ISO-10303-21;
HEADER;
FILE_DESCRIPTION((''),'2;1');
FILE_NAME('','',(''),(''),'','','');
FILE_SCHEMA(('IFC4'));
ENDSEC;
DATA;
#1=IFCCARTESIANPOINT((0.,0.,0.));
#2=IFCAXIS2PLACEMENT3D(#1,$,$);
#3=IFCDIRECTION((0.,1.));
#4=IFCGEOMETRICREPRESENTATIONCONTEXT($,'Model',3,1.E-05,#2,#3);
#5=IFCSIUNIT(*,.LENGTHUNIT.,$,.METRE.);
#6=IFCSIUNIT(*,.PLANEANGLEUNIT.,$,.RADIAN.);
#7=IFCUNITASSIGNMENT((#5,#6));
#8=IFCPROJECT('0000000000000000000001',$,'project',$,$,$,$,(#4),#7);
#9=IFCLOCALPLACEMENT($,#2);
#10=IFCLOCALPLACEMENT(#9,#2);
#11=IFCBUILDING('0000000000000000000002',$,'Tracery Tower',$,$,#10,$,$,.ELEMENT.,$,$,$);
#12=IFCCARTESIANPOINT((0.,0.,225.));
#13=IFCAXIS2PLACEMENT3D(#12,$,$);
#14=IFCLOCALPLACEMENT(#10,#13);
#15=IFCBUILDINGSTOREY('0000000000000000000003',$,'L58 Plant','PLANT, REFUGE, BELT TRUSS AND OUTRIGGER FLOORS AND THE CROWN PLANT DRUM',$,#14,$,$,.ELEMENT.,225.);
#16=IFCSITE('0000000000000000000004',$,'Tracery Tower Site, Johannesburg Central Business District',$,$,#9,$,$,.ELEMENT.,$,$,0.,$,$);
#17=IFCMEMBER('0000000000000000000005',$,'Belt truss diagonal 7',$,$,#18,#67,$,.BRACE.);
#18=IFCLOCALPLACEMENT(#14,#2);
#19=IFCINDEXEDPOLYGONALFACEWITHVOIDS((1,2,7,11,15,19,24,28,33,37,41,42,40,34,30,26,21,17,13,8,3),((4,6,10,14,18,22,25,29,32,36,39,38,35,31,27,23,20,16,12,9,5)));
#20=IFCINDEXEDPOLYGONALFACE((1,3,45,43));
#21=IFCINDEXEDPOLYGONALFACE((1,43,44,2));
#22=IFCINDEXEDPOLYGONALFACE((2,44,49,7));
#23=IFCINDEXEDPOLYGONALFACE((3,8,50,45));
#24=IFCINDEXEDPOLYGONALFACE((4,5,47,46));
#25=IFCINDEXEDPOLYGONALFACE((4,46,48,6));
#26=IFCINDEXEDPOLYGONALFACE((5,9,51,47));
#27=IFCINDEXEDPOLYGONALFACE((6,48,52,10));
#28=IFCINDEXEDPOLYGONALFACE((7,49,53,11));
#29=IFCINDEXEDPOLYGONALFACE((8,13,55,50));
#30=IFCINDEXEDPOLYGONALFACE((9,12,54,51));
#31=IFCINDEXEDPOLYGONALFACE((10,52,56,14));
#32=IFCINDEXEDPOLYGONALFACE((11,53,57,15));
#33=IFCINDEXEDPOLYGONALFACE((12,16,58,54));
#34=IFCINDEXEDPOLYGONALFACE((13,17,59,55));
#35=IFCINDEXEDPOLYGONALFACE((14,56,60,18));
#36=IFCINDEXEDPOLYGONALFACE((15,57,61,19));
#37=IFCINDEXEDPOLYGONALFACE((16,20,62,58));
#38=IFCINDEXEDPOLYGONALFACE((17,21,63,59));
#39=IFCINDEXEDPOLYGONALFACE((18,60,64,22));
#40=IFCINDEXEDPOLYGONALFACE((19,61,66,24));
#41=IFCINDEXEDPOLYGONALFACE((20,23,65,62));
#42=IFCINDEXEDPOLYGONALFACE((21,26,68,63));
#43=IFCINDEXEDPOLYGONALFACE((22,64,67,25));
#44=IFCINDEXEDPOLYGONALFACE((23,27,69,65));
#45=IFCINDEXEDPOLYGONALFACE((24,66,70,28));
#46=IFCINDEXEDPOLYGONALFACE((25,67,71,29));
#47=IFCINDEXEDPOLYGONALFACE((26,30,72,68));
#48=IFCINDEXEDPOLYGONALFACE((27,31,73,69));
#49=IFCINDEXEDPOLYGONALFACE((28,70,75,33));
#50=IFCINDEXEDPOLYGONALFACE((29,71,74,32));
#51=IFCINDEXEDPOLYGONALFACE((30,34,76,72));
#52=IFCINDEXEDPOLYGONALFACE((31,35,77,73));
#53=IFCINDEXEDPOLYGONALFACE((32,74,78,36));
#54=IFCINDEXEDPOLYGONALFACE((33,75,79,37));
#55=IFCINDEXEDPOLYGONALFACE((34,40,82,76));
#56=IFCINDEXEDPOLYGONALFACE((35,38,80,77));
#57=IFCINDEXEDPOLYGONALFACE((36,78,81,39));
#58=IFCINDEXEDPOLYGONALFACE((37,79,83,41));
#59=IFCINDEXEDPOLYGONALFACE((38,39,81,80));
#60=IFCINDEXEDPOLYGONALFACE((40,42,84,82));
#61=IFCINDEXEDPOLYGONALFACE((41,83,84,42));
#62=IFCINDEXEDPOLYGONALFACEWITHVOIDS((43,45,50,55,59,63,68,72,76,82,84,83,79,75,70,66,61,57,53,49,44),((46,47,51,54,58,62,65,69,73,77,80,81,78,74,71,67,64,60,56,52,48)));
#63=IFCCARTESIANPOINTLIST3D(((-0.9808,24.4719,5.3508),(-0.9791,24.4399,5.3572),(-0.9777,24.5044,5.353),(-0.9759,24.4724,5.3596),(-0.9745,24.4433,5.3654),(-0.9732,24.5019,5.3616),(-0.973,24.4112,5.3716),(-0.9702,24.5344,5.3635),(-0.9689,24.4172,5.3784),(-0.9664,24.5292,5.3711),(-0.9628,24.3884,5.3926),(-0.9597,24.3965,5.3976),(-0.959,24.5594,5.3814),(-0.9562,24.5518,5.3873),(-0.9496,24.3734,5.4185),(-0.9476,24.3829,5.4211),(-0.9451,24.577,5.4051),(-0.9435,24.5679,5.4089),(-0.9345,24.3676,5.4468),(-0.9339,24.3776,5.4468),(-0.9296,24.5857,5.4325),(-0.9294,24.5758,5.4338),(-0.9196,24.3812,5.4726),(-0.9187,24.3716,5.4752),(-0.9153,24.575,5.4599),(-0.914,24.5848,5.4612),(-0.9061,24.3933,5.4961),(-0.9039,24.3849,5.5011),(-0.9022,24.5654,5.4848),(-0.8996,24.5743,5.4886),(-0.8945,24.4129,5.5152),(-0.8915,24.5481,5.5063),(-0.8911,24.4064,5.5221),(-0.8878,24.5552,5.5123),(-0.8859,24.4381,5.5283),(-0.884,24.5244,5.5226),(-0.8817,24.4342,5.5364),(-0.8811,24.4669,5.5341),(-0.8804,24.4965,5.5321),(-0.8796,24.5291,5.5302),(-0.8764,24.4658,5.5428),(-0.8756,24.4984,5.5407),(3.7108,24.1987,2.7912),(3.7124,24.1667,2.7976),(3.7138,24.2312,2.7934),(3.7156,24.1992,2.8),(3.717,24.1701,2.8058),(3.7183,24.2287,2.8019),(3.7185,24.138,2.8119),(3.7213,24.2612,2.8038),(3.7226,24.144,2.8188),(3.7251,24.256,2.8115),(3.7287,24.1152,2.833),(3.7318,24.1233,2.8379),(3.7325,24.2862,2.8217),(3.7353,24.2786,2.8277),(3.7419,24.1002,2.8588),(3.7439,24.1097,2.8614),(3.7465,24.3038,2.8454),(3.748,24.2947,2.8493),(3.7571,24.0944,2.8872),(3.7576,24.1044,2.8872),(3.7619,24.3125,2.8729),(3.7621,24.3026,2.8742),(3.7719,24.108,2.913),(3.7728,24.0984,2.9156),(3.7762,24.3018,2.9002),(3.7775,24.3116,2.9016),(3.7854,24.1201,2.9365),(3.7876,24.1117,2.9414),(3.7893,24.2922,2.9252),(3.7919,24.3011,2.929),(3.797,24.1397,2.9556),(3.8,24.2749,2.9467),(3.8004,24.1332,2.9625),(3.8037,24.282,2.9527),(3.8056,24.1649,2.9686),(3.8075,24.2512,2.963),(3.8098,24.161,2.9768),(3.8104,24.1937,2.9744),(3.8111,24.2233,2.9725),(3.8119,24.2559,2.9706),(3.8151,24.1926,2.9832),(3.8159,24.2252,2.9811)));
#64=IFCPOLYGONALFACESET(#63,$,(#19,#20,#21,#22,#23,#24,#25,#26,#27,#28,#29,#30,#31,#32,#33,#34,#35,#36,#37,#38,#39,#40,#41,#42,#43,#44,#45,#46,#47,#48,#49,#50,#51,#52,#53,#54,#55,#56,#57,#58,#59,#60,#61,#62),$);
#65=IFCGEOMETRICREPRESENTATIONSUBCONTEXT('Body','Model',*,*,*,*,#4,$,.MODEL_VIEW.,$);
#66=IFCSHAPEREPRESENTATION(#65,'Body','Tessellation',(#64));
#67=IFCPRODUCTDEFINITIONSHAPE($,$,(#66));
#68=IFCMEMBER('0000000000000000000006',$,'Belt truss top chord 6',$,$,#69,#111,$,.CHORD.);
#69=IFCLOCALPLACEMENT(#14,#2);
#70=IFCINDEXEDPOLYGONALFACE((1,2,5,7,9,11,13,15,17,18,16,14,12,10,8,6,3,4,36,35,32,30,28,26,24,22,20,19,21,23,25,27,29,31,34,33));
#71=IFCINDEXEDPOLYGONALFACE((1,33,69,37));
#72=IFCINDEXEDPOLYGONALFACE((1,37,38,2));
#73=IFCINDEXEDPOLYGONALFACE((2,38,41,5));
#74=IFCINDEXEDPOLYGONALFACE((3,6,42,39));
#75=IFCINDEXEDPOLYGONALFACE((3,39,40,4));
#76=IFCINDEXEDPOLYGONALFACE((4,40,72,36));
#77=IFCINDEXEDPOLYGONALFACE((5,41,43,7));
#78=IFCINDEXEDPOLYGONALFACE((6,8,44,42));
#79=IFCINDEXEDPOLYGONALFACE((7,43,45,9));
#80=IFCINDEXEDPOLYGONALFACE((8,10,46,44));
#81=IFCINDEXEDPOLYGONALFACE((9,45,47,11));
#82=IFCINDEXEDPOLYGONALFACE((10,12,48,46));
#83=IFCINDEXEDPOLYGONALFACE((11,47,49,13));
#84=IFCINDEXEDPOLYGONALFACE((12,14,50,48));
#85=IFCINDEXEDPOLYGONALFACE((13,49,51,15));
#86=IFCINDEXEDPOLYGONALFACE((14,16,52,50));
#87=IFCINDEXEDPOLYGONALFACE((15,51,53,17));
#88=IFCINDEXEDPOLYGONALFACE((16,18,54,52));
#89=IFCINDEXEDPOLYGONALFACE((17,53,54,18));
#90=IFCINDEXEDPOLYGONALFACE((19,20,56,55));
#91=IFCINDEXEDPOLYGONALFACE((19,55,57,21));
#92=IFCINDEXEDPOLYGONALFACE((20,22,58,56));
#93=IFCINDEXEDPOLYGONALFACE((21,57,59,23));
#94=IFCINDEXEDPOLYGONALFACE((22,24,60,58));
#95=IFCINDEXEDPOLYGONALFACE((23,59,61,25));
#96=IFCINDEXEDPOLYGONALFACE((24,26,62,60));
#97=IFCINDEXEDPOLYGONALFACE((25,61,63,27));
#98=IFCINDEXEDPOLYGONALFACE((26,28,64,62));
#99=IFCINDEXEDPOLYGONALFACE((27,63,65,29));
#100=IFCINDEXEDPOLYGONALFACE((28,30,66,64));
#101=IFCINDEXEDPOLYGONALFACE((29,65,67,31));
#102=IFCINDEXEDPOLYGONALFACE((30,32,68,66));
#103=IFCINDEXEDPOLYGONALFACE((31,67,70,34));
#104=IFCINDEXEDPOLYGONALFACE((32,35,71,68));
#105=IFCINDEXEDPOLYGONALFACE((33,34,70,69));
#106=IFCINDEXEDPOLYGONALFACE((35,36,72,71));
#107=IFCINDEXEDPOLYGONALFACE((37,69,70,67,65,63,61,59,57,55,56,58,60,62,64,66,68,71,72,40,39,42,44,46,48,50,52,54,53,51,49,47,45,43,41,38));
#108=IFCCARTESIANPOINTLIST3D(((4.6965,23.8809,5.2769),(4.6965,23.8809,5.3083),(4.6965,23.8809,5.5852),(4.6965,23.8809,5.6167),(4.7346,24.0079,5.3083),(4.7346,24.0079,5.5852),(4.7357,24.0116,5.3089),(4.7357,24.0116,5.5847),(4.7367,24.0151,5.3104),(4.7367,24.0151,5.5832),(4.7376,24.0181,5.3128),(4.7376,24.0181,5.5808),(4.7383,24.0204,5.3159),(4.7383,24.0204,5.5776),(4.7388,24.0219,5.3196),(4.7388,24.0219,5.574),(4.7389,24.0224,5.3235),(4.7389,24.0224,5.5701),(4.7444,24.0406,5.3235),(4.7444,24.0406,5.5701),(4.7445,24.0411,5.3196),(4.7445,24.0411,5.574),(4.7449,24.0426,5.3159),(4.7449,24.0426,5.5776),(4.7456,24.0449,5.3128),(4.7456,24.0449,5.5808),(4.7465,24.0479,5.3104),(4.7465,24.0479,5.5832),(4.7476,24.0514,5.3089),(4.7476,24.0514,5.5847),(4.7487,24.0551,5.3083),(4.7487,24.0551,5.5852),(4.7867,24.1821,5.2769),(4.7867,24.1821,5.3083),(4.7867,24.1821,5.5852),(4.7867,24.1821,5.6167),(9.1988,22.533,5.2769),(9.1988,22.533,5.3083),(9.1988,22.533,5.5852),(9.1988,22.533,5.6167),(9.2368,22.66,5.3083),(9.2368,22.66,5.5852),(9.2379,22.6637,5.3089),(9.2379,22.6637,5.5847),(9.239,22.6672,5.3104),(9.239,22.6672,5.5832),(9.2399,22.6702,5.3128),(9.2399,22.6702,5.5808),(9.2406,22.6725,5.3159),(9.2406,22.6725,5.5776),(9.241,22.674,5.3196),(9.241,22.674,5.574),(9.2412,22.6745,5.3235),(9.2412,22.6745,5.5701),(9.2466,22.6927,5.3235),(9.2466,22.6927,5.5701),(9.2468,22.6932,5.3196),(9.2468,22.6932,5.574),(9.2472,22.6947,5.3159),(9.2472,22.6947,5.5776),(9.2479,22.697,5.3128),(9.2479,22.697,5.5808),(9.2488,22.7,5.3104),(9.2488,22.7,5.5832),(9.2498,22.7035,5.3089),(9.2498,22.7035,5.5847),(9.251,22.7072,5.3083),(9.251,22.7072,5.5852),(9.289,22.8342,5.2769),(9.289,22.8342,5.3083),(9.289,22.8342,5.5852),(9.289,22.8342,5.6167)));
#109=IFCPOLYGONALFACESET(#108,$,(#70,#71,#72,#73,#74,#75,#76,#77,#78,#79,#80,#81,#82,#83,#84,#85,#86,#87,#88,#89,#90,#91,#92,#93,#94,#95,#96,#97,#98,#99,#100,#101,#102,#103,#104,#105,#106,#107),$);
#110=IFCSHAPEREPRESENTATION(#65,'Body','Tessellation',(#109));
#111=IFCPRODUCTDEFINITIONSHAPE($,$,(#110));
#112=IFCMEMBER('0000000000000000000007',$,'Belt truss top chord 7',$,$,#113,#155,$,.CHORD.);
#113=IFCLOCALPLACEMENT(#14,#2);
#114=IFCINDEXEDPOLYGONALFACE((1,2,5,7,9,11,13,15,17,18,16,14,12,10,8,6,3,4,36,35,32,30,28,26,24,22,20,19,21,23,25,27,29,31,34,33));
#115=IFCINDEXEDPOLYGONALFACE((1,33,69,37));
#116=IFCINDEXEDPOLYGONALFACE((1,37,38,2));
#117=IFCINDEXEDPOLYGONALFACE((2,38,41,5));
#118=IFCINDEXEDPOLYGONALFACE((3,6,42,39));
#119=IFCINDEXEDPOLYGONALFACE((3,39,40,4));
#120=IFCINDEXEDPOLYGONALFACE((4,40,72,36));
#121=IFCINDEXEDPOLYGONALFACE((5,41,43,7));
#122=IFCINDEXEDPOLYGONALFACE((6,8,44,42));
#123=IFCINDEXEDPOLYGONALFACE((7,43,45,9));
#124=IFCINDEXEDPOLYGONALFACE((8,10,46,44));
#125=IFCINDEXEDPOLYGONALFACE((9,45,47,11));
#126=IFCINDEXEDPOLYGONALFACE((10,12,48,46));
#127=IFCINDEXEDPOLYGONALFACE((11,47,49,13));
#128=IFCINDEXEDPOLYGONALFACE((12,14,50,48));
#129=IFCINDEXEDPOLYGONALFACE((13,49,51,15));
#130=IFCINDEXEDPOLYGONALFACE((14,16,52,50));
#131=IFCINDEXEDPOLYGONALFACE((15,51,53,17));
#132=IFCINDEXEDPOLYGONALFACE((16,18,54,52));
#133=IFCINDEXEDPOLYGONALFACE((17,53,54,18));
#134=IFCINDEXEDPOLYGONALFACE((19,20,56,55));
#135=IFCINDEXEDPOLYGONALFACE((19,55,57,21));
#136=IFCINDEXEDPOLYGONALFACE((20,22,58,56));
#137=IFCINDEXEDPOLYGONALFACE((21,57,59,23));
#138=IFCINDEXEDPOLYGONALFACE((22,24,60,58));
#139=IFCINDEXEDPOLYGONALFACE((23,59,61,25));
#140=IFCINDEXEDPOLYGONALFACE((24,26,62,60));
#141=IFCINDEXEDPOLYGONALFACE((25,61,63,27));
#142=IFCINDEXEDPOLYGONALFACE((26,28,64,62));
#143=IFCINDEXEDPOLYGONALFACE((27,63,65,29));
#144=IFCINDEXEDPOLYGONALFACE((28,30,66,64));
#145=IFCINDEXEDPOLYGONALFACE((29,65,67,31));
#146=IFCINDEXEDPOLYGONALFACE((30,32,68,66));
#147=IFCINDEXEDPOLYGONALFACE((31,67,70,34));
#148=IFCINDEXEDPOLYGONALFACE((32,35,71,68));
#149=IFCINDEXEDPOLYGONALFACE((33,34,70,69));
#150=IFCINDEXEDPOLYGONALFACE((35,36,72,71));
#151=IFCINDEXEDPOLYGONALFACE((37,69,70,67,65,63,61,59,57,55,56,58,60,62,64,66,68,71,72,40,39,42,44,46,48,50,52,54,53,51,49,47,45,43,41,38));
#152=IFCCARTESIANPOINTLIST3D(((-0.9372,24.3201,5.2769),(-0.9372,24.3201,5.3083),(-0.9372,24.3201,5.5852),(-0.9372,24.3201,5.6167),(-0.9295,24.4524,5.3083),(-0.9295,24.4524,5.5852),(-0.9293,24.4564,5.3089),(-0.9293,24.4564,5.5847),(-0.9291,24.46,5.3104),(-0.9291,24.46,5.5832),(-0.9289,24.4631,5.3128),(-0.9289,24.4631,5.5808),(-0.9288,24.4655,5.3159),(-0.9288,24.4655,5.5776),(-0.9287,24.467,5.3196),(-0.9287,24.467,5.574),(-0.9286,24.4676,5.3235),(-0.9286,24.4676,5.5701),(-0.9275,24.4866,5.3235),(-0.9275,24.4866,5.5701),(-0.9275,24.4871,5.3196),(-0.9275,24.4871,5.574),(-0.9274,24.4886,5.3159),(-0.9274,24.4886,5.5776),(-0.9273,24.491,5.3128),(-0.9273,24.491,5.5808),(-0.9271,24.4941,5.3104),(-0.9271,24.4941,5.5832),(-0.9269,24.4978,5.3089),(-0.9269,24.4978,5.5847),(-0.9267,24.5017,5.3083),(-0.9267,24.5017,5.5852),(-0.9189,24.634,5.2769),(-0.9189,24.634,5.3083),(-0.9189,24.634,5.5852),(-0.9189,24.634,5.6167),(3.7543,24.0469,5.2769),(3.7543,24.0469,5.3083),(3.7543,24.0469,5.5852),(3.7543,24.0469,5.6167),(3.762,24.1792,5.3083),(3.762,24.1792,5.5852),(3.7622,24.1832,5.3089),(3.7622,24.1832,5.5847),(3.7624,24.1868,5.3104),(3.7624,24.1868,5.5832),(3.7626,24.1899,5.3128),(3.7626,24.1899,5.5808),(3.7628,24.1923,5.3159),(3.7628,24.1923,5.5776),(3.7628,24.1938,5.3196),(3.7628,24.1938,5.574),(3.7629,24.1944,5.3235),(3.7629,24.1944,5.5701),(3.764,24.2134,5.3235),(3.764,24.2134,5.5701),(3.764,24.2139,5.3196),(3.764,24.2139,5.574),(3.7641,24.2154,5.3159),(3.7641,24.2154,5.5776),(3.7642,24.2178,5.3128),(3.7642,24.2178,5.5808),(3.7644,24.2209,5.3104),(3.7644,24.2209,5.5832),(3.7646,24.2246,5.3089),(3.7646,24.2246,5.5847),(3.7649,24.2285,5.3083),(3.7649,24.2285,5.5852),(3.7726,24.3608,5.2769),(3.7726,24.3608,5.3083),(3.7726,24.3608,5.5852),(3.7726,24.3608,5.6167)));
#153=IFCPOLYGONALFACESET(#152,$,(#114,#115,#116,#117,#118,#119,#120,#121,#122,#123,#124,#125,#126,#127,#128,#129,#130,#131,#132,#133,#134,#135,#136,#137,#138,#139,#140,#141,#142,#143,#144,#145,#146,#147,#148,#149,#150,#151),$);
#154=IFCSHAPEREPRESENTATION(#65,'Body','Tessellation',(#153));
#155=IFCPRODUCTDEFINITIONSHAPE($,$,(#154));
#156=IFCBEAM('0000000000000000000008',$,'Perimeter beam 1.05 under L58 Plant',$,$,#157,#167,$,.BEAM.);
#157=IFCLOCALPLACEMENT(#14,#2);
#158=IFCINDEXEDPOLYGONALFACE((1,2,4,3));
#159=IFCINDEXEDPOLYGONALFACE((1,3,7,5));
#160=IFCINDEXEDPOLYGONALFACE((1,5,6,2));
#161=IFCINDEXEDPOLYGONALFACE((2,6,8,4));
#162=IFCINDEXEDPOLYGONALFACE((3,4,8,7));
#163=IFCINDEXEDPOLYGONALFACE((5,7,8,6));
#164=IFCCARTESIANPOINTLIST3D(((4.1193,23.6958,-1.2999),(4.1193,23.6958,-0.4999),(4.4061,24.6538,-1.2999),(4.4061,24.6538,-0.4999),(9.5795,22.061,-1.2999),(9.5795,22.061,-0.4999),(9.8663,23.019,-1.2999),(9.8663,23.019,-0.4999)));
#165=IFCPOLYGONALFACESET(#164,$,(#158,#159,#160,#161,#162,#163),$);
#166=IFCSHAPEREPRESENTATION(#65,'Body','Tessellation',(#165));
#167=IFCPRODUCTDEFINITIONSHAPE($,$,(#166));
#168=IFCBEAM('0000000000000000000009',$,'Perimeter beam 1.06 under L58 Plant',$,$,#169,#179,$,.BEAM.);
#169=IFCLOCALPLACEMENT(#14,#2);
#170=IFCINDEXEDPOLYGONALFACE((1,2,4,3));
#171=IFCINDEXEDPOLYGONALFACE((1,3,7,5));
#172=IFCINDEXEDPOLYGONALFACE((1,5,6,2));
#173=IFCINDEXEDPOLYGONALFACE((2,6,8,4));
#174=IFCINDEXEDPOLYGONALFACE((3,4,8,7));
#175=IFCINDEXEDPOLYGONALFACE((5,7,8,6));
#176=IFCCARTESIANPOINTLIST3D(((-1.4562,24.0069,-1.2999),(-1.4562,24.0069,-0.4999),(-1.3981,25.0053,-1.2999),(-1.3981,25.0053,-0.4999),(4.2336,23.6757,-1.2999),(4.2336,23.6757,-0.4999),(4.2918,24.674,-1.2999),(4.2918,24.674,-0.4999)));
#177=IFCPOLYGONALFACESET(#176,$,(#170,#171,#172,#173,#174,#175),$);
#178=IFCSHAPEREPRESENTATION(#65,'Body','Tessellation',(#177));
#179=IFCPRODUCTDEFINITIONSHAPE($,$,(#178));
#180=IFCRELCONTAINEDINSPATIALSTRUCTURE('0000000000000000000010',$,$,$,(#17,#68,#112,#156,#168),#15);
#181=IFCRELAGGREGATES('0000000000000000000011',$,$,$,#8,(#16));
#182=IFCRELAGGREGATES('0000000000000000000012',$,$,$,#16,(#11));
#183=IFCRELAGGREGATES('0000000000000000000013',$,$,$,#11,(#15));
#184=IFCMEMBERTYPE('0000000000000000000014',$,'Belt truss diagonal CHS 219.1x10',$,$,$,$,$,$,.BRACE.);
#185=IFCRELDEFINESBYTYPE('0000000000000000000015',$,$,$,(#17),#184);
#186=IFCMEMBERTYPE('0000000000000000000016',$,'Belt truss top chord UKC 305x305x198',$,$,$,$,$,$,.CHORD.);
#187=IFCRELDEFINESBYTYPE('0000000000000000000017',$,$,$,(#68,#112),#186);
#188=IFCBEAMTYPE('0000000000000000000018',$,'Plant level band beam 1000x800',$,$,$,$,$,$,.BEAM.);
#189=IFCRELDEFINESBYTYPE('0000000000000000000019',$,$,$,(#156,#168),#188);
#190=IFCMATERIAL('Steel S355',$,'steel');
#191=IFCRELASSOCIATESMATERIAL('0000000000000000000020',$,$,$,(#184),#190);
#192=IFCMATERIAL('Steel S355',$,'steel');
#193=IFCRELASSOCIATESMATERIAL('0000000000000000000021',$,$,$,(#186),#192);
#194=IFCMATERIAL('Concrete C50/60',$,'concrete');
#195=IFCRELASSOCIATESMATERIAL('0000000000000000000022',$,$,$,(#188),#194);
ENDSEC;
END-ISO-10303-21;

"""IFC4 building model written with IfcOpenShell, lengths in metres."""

from ifc_helpers import new_model, si_unit, direction, frame, origin, origin_2d, place, context, subcontext, project, spatial, rectangle, hollow_circle, i_section, extrude, material, material_profile, profile_set, type_object, element, save


model = new_model("IFC4")

# Units and contexts
model_context = context("Model", 3, precision=1e-05, world=origin(), true_north=direction((0.0, 1.0)))
body_context = subcontext(model_context, "Body", "Model", "MODEL_VIEW")
ifc_project = project(units=[si_unit("LENGTHUNIT", "METRE"), si_unit("PLANEANGLEUNIT", "RADIAN")], contexts=[model_context])

# Site, building, storey
site_placement = place(None, origin())
site = spatial("IfcSite", under=ifc_project, at=site_placement, Name="Tracery Tower Site, Johannesburg Central Business District", CompositionType="ELEMENT", RefElevation=0.0)
building_placement = place(site_placement, origin())
building = spatial("IfcBuilding", under=site, at=building_placement, Name="Tracery Tower", CompositionType="ELEMENT")
storey_placement = place(building_placement, frame((0.0, 0.0, 225.0)))
storey = spatial("IfcBuildingStorey", under=building, at=storey_placement, Name="L58 Plant", Description="PLANT, REFUGE, BELT TRUSS AND OUTRIGGER FLOORS AND THE CROWN PLANT DRUM", CompositionType="ELEMENT", Elevation=225.0)

# Members
ifc_material_1 = material(Name="Steel S355", Category="steel")
ifc_material_profile_1 = material_profile(ifc_material_1, hollow_circle(Radius=0.1096, WallThickness=0.01, at=origin_2d()), Name="CHS 219.1x10")
ifc_profile_set_1 = profile_set([ifc_material_profile_1], Name="Steel S355")
member_type_1 = type_object("IfcMemberType", Name="Belt truss diagonal CHS 219.1x10", PredefinedType="BRACE", material=ifc_profile_set_1)
member_1_placement = place(storey_placement, frame((3.7634, 24.2039, 2.8872), z_axis=(-0.876702, 0.051053, 0.478317), x_axis=(-0.058134, -0.998309, 0.0)))
element("IfcMember", 1, at=member_1_placement, inside=storey, type_object=member_type_1, Name="Belt truss diagonal 7", PredefinedType="BRACE", context=body_context, shape_type="SweptSolid", body=[
    extrude(hollow_circle(Radius=0.1096, WallThickness=0.01, at=origin_2d()), origin(), (0.0, 0.0, 1.0), 5.3513),
])
ifc_material_2 = material(Name="Steel S355", Category="steel")
ifc_material_profile_2 = material_profile(ifc_material_2, i_section(OverallWidth=0.3145, OverallDepth=0.3398, WebThickness=0.019, FlangeThickness=0.0315, FilletRadius=0.0151, at=origin_2d()), Name="UKC 305x305x198")
ifc_profile_set_2 = profile_set([ifc_material_profile_2], Name="Steel S355")
member_type_2 = type_object("IfcMemberType", Name="Belt truss top chord UKC 305x305x198", PredefinedType="CHORD", material=ifc_profile_set_2)
member_2_placement = place(storey_placement, frame((9.2439, 22.6836, 5.4468), z_axis=(-0.957988, 0.286809, 0.0), x_axis=(-0.286809, -0.957988, 0.0)))
element("IfcMember", 2, at=member_2_placement, inside=storey, type_object=member_type_2, Name="Belt truss top chord 6", PredefinedType="CHORD", context=body_context, shape_type="SweptSolid", body=[
    extrude(i_section(OverallWidth=0.3145, OverallDepth=0.3398, WebThickness=0.019, FlangeThickness=0.0315, FilletRadius=0.0151, at=origin_2d()), origin(), (0.0, 0.0, 1.0), 4.6997),
])
member_3_placement = place(storey_placement, frame((3.7634, 24.2039, 5.4468), z_axis=(-0.998309, 0.058134, 0.0), x_axis=(-0.058134, -0.998309, 0.0)))
element("IfcMember", 3, at=member_3_placement, inside=storey, type_object=member_type_2, Name="Belt truss top chord 7", PredefinedType="CHORD", context=body_context, shape_type="SweptSolid", body=[
    extrude(i_section(OverallWidth=0.3145, OverallDepth=0.3398, WebThickness=0.019, FlangeThickness=0.0315, FilletRadius=0.0151, at=origin_2d()), origin(), (0.0, 0.0, 1.0), 4.6995),
])

# Beams
ifc_material_3 = material(Name="Concrete C50/60", Category="concrete")
ifc_material_profile_3 = material_profile(ifc_material_3, rectangle(XDim=1.0, YDim=0.8, at=origin_2d()), Name="RC 1000x800")
ifc_profile_set_3 = profile_set([ifc_material_profile_3], Name="Concrete C50/60")
beam_type = type_object("IfcBeamType", Name="Plant level band beam 1000x800", PredefinedType="BEAM", material=ifc_profile_set_3)
beam_1_placement = place(storey_placement, frame((9.7229, 22.54, -0.8999), z_axis=(-0.957985, 0.286817, 0.0), x_axis=(-0.286817, -0.957985, 0.0)))
element("IfcBeam", 4, at=beam_1_placement, inside=storey, type_object=beam_type, Name="Perimeter beam 1.05 under L58 Plant", PredefinedType="BEAM", context=body_context, shape_type="SweptSolid", body=[
    extrude(rectangle(XDim=1.0, YDim=0.8, at=origin_2d()), origin(), (0.0, 0.0, 1.0), 5.6997),
])
beam_2_placement = place(storey_placement, frame((4.2627, 24.1748, -0.8999), z_axis=(-0.998309, 0.058127, 0.0), x_axis=(-0.058127, -0.998309, 0.0)))
element("IfcBeam", 5, at=beam_2_placement, inside=storey, type_object=beam_type, Name="Perimeter beam 1.06 under L58 Plant", PredefinedType="BEAM", context=body_context, shape_type="SweptSolid", body=[
    extrude(rectangle(XDim=1.0, YDim=0.8, at=origin_2d()), origin(), (0.0, 0.0, 1.0), 5.6995),
])

save(model, "model.ifc")
